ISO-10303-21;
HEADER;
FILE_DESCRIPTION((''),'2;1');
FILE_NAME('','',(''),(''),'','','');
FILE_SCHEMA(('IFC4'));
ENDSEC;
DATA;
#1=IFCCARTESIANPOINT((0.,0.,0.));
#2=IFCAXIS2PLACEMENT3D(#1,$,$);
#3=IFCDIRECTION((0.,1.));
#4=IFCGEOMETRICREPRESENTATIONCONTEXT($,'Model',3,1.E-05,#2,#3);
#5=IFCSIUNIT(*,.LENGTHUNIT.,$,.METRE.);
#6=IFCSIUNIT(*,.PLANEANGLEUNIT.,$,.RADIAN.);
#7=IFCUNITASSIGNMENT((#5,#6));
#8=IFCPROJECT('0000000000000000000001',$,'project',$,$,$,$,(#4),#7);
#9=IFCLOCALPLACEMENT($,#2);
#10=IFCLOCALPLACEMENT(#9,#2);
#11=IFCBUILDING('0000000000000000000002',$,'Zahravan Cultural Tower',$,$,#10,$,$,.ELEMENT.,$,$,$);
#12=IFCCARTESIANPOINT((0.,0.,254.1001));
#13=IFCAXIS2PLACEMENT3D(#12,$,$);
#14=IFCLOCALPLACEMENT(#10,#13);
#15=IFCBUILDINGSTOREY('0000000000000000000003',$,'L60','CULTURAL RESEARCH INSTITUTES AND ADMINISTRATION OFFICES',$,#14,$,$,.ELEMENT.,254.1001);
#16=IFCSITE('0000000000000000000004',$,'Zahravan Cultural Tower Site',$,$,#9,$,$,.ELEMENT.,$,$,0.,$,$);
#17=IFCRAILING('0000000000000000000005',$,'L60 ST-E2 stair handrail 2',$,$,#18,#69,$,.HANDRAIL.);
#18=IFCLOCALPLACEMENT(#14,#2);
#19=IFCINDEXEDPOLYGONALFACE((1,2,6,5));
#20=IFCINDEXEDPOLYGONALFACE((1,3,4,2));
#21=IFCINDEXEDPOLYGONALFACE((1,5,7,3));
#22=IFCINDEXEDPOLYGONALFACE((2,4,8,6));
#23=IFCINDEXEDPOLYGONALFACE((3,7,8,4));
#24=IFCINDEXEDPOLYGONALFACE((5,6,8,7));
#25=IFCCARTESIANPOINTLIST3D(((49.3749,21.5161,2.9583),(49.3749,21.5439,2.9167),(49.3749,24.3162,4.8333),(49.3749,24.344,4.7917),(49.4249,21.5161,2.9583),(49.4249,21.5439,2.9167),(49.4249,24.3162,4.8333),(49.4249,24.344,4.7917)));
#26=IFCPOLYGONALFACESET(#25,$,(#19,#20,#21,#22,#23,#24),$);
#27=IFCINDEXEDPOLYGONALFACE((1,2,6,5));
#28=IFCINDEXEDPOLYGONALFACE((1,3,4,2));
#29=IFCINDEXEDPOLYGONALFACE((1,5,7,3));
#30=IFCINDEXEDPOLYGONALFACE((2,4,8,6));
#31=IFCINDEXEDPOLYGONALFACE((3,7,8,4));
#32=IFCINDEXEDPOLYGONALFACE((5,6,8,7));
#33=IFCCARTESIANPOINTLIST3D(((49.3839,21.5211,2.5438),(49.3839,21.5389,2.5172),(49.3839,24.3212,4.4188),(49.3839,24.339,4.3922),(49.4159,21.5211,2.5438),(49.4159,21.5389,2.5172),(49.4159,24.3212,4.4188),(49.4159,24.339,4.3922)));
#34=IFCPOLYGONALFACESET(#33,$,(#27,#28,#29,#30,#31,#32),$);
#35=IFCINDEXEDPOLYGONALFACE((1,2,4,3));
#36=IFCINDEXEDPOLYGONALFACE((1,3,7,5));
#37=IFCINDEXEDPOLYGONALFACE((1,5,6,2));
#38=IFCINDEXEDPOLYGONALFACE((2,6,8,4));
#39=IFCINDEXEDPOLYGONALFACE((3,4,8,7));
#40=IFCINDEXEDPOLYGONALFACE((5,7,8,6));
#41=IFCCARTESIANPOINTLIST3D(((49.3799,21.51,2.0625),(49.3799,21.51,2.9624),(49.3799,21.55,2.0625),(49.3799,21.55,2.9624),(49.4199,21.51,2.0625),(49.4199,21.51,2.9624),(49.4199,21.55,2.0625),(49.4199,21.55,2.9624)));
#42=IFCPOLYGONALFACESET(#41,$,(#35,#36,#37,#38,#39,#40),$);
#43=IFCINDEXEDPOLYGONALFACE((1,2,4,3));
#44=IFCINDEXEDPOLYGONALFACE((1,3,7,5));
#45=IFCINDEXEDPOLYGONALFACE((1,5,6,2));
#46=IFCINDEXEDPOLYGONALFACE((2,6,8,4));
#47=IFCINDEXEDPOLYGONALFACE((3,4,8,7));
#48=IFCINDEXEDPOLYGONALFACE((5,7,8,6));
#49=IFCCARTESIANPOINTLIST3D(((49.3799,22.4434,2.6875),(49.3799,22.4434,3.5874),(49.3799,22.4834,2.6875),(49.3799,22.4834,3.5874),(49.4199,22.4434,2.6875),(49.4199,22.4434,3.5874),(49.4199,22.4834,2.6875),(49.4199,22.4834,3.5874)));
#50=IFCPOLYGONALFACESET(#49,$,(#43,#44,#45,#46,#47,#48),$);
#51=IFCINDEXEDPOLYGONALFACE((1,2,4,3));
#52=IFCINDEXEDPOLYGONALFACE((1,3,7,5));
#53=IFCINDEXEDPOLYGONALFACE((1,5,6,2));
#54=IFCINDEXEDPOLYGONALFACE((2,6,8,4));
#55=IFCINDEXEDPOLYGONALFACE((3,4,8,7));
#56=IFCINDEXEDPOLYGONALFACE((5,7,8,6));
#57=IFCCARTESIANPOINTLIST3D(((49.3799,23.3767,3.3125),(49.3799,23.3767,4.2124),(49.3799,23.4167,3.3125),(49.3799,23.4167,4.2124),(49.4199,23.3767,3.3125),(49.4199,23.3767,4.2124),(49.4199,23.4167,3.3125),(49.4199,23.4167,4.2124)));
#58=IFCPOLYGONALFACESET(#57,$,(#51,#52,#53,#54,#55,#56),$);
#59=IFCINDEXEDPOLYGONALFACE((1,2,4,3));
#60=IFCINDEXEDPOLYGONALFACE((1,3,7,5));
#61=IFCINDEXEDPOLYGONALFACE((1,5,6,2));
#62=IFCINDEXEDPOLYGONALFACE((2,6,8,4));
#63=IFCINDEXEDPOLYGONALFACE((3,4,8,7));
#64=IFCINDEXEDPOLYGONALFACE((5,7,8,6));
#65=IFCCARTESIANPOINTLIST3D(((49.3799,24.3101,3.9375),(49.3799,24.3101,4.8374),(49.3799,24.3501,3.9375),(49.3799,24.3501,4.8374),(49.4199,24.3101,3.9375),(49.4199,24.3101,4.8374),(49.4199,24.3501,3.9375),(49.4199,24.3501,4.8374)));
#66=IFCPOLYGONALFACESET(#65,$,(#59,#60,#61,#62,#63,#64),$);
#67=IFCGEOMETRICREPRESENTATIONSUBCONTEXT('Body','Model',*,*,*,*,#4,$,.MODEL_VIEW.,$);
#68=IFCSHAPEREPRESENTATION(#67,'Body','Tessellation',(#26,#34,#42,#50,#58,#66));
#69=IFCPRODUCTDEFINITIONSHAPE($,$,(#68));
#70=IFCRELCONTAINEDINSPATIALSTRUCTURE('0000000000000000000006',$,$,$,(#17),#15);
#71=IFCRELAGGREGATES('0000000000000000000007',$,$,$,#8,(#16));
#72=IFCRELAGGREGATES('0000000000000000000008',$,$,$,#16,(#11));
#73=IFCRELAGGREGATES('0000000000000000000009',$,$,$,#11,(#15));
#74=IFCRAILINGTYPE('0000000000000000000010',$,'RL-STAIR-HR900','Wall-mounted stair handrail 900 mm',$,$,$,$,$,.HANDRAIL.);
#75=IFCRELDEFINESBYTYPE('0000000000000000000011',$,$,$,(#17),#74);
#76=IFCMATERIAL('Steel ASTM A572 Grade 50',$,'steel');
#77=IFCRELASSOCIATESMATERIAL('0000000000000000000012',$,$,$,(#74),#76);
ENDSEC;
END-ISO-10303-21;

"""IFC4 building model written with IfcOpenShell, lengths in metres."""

from ifc_helpers import new_model, si_unit, direction, frame, origin, origin_2d, place, context, subcontext, project, spatial, rectangle, extrude, material, type_object, element, save


model = new_model("IFC4")

# Units and contexts
model_context = context("Model", 3, precision=1e-05, world=origin(), true_north=direction((0.0, 1.0)))
body_context = subcontext(model_context, "Body", "Model", "MODEL_VIEW")
ifc_project = project(units=[si_unit("LENGTHUNIT", "METRE"), si_unit("PLANEANGLEUNIT", "RADIAN")], contexts=[model_context])

# Site, building, storey
site_placement = place(None, origin())
site = spatial("IfcSite", under=ifc_project, at=site_placement, Name="Zahravan Cultural Tower Site", CompositionType="ELEMENT", RefElevation=0.0)
building_placement = place(site_placement, origin())
building = spatial("IfcBuilding", under=site, at=building_placement, Name="Zahravan Cultural Tower", CompositionType="ELEMENT")
storey_placement = place(building_placement, frame((0.0, 0.0, 254.1001)))
storey = spatial("IfcBuildingStorey", under=building, at=storey_placement, Name="L60", Description="CULTURAL RESEARCH INSTITUTES AND ADMINISTRATION OFFICES", CompositionType="ELEMENT", Elevation=254.1001)

# Shared definitions
ifc_material_1 = material(Name="Steel ASTM A572 Grade 50", Category="steel")

# Railing
railing_type_1 = type_object("IfcRailingType", Name="RL-STAIR-HR900", Description="Wall-mounted stair handrail 900 mm", PredefinedType="HANDRAIL", material=ifc_material_1)
railing_1_placement = place(storey_placement, frame((49.3999, 21.53, 2.0625)))
element("IfcRailing", 1, at=railing_1_placement, inside=storey, type_object=railing_type_1, Name="L60 ST-E2 stair handrail 2", PredefinedType="HANDRAIL", context=body_context, shape_type="SweptSolid", body=[
    extrude(rectangle(XDim=0.05, YDim=0.05, at=origin_2d()), frame((0.0, 0.0, 0.875), z_axis=(0.0, 0.830912, 0.556404), x_axis=(-1.0, 0.0, 0.0)), (0.0, 0.0, 1.0), 3.3699),
    extrude(rectangle(XDim=0.032, YDim=0.032, at=origin_2d()), frame((0.0, 0.0, 0.468), z_axis=(0.0, 0.830912, 0.556404), x_axis=(-1.0, 0.0, 0.0)), (0.0, 0.0, 1.0), 3.3699),
    extrude(rectangle(XDim=0.04, YDim=0.04, at=origin_2d()), origin(), (0.0, 0.0, 1.0), 0.8999),
    extrude(rectangle(XDim=0.04, YDim=0.04, at=origin_2d()), frame((0.0, 0.9333, 0.625)), (0.0, 0.0, 1.0), 0.8999),
    extrude(rectangle(XDim=0.04, YDim=0.04, at=origin_2d()), frame((0.0, 1.8667, 1.25)), (0.0, 0.0, 1.0), 0.8999),
    extrude(rectangle(XDim=0.04, YDim=0.04, at=origin_2d()), frame((0.0, 2.8, 1.875)), (0.0, 0.0, 1.0), 0.8999),
])

save(model, "model.ifc")
